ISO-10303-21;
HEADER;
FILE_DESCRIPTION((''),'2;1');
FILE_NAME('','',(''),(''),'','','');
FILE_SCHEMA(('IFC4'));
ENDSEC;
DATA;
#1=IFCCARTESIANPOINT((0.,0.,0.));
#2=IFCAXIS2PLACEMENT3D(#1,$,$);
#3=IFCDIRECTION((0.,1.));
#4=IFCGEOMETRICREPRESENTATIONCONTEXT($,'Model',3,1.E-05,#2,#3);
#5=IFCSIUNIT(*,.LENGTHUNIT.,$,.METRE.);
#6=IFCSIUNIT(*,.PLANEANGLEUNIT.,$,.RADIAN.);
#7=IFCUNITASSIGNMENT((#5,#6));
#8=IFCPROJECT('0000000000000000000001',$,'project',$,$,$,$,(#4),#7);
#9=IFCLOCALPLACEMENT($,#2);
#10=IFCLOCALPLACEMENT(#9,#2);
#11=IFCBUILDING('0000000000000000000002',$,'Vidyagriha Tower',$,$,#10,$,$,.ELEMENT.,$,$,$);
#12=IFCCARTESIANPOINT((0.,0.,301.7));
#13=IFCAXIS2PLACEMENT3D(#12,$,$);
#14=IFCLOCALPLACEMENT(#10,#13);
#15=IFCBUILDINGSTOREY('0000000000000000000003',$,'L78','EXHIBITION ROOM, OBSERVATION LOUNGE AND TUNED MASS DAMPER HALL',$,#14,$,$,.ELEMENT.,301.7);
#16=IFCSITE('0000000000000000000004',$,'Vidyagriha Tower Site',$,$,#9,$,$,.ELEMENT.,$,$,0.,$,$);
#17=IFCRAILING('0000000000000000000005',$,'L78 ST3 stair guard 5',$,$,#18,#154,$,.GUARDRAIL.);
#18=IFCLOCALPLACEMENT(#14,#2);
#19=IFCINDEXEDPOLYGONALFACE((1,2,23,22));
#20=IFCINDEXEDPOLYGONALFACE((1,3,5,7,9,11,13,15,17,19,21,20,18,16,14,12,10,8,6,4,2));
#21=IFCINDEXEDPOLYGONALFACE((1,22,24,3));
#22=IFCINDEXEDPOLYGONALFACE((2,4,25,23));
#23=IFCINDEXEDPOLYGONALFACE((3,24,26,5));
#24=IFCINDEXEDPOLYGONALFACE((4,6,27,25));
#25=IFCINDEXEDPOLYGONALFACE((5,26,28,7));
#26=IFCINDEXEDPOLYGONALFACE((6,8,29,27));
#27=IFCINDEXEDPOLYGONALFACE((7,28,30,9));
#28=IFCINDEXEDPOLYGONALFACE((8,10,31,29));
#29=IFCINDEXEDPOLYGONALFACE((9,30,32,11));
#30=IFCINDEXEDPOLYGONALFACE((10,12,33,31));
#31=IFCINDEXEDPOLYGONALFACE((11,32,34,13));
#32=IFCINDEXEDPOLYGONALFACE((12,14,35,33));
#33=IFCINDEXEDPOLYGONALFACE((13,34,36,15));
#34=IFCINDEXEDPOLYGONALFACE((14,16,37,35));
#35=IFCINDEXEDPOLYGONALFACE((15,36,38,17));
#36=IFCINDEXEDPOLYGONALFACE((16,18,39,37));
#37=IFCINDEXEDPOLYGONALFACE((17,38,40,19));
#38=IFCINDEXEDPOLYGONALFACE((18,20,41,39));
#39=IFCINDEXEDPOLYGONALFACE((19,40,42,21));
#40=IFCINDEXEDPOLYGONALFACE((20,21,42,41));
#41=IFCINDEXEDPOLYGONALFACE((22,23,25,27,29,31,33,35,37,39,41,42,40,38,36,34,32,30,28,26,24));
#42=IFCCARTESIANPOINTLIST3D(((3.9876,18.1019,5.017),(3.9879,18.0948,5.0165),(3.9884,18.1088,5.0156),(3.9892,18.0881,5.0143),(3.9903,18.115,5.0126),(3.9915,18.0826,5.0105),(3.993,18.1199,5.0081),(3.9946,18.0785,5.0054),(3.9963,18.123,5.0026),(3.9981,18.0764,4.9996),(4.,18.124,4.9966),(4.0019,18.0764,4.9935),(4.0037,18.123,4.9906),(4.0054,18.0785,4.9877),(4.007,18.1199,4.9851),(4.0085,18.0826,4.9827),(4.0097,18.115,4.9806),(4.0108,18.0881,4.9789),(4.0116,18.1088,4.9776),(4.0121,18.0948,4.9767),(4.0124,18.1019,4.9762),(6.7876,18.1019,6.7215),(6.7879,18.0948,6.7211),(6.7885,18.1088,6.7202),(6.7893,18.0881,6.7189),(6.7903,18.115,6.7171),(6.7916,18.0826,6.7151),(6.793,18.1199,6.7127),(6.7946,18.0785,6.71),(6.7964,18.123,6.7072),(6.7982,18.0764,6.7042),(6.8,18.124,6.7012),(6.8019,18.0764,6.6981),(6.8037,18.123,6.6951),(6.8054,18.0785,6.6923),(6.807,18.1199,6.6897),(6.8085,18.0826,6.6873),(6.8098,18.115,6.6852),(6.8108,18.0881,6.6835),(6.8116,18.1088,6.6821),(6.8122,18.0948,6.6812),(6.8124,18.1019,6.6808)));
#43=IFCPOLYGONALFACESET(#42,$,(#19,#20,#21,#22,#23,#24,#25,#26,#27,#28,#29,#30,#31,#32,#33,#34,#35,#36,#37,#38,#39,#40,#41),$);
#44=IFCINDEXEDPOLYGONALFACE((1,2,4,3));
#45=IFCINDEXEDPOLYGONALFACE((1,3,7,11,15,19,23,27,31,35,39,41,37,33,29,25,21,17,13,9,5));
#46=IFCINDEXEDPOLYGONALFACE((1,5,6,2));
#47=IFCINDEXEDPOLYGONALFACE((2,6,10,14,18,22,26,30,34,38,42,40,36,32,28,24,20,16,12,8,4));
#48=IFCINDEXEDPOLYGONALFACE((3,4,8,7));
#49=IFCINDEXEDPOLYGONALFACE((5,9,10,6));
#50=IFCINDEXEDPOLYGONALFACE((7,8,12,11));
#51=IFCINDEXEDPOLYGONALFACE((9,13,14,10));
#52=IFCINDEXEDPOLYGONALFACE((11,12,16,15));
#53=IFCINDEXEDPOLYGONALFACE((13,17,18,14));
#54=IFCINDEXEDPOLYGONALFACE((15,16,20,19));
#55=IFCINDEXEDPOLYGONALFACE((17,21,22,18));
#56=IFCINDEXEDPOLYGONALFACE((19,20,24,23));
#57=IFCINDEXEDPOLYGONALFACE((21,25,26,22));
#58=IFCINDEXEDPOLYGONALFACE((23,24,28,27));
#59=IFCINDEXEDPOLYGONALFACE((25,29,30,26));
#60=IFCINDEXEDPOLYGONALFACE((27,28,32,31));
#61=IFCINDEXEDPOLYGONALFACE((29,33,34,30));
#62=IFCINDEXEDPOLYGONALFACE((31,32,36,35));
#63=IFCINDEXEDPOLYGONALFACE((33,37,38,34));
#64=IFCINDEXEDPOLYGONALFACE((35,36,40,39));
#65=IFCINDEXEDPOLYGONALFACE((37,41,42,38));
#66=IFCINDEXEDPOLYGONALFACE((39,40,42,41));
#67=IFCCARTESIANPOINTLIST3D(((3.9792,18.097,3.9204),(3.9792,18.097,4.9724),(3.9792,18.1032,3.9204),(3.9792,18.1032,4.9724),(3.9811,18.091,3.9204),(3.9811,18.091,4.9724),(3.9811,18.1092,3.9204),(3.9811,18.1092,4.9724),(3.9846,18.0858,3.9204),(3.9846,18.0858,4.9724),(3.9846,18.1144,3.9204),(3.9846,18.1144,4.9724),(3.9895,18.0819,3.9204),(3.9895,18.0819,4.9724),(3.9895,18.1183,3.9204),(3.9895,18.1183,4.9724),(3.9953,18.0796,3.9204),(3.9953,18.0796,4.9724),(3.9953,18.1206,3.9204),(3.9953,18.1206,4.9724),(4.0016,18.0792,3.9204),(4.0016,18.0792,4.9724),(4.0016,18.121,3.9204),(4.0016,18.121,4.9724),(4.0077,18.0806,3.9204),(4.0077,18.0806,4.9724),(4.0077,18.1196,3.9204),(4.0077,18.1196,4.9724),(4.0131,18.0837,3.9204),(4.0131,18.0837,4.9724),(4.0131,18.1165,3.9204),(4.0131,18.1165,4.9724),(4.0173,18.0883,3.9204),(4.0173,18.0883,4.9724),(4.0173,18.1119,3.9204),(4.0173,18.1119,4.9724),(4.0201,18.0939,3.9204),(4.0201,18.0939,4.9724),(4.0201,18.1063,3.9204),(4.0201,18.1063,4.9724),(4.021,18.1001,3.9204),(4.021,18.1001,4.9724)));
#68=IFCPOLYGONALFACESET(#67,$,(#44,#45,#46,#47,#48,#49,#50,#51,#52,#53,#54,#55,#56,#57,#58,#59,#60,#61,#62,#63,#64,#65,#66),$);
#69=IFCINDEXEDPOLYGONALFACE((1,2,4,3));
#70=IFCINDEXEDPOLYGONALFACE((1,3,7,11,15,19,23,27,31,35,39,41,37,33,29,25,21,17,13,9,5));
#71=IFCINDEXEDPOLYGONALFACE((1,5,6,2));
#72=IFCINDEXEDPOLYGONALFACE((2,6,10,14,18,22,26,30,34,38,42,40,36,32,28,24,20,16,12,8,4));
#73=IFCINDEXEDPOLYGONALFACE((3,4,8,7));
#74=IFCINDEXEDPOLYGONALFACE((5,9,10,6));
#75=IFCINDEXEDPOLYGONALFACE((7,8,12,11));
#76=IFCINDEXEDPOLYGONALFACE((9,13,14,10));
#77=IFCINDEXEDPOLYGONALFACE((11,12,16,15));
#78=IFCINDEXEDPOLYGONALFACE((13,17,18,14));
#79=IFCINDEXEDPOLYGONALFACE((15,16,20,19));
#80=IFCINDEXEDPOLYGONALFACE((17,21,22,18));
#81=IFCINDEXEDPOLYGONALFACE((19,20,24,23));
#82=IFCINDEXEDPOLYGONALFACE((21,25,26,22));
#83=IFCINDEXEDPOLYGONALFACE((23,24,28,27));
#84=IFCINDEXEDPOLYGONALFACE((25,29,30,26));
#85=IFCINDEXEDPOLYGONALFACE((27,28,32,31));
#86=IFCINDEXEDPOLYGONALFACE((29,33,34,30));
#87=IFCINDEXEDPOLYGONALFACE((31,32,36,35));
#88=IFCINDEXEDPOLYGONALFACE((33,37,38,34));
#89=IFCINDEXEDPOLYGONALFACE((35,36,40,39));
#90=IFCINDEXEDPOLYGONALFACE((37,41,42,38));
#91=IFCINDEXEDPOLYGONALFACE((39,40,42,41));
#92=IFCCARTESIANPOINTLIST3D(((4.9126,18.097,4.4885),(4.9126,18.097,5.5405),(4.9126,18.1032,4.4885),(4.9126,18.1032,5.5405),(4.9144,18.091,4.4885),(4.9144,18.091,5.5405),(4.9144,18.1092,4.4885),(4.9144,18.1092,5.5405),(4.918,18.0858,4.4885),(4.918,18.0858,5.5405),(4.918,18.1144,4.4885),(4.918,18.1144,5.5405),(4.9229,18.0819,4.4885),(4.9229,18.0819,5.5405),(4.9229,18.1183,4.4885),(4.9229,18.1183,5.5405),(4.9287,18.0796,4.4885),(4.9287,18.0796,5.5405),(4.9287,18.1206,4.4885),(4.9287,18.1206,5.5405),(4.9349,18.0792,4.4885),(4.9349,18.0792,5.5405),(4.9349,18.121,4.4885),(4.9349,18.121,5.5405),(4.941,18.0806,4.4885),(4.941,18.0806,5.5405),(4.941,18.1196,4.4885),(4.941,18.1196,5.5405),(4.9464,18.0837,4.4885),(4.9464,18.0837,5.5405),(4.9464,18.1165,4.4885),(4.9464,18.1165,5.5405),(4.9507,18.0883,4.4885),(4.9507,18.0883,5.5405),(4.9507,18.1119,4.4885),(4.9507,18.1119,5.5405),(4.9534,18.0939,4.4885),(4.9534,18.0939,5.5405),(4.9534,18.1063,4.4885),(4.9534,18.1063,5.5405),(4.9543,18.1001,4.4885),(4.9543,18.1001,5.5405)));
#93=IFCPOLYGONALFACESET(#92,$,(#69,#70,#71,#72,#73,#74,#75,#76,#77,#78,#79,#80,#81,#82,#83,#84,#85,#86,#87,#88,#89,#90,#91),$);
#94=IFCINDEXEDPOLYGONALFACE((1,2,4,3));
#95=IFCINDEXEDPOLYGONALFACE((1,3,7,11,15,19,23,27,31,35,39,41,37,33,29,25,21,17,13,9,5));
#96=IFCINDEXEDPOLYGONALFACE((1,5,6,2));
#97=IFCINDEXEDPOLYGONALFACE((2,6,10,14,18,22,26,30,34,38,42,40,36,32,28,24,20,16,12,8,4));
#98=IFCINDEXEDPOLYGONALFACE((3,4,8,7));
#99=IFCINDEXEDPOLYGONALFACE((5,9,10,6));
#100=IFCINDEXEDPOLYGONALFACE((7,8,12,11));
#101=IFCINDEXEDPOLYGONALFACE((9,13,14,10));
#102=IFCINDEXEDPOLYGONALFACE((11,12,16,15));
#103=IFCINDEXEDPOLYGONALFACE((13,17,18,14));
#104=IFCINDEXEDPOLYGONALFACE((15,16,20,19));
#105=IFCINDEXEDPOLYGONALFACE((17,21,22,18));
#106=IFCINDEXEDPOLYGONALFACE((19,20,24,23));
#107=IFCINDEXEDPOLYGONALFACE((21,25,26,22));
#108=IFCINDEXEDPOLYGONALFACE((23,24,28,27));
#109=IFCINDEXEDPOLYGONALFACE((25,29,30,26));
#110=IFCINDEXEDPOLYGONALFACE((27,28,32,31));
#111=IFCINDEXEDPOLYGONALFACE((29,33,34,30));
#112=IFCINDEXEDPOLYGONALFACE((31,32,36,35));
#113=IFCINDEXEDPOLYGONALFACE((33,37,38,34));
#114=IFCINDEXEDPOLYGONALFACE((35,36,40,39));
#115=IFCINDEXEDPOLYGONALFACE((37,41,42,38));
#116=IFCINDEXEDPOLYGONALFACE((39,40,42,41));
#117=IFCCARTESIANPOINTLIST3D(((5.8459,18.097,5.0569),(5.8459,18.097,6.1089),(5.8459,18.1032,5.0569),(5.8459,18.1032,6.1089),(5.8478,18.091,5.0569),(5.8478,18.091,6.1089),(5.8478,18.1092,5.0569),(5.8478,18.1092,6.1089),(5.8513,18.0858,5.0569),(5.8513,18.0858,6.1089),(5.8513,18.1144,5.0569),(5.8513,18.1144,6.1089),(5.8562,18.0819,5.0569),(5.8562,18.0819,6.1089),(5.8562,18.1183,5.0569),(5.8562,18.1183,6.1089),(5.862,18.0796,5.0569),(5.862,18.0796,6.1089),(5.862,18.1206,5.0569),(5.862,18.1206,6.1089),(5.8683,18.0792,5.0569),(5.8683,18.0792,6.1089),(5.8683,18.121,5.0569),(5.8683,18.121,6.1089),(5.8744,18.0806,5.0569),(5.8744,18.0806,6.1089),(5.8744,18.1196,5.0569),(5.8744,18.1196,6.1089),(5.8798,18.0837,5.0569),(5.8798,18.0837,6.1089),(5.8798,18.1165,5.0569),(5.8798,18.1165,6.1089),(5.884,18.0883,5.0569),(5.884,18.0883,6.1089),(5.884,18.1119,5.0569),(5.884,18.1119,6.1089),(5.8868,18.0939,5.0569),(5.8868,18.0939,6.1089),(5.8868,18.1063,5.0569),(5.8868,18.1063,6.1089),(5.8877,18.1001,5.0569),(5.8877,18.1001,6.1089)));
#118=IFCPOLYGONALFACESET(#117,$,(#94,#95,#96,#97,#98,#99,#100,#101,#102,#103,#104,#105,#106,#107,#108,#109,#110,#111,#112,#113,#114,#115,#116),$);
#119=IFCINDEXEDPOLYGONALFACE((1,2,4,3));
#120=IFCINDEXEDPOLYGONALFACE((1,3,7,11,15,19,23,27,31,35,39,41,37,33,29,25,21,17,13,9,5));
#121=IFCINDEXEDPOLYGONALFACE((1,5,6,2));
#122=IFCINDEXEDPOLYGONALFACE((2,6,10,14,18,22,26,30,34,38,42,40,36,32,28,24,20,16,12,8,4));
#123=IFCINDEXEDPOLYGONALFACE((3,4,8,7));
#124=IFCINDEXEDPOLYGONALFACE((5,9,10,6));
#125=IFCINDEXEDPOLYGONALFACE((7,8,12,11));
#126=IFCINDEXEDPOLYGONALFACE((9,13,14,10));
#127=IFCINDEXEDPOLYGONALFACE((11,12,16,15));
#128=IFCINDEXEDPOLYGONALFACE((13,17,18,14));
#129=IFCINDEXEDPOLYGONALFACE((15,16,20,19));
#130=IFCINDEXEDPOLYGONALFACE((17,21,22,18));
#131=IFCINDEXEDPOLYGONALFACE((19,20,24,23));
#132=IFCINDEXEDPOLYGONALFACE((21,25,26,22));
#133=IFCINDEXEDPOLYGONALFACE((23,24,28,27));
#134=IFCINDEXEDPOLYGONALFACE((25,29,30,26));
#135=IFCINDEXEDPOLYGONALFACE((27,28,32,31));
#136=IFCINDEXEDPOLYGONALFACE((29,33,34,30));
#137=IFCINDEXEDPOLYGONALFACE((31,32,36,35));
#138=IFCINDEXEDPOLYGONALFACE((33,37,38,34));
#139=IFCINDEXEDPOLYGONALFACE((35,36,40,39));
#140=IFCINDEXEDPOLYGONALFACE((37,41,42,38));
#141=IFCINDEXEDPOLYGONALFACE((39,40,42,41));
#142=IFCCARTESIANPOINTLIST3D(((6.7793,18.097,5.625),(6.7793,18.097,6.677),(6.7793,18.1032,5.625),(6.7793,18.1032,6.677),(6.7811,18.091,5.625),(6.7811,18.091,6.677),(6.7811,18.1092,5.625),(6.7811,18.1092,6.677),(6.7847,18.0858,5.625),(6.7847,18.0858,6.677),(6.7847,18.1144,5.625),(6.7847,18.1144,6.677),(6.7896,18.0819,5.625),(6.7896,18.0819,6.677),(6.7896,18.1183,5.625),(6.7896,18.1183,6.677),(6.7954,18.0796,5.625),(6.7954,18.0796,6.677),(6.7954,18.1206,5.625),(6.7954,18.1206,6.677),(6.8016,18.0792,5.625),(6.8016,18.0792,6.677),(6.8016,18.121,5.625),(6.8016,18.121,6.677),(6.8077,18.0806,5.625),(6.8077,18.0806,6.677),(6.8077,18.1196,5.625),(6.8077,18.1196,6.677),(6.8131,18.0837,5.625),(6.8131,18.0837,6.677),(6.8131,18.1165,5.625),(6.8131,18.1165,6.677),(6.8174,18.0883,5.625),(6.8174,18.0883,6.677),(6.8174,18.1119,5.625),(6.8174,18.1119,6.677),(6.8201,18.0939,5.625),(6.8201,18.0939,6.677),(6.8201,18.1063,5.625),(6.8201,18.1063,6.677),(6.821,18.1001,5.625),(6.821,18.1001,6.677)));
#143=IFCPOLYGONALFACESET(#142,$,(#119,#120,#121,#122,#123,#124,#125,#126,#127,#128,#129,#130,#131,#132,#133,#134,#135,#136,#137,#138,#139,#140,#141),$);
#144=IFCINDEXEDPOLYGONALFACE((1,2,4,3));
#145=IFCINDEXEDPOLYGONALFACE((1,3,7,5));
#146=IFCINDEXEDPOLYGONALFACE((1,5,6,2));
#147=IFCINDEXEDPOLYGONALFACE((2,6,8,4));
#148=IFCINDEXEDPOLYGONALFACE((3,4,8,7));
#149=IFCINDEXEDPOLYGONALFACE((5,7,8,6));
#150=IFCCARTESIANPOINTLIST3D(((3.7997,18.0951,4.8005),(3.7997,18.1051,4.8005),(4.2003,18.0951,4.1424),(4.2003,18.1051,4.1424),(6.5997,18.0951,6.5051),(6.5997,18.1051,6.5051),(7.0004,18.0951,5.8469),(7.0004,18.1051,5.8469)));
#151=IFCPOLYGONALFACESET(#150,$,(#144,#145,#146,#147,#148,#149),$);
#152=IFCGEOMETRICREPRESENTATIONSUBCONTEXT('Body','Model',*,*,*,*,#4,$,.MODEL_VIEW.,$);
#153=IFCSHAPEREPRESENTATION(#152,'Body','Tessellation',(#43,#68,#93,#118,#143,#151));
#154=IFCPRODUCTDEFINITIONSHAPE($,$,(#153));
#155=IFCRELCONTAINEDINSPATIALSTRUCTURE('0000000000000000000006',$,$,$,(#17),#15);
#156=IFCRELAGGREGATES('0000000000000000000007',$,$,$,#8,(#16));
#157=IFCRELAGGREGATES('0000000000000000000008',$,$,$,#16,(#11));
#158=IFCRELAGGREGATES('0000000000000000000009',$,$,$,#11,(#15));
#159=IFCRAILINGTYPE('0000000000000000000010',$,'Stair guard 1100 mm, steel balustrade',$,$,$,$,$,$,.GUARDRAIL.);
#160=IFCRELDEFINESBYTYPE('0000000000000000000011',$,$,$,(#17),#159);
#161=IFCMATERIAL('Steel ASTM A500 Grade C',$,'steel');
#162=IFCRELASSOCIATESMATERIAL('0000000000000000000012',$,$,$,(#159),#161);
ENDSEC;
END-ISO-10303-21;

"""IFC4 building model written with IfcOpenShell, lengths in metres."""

from ifc_helpers import new_model, si_unit, direction, frame, origin, origin_2d, place, context, subcontext, project, spatial, rectangle, circle, extrude, material, type_object, element, save


model = new_model("IFC4")

# Units and contexts
model_context = context("Model", 3, precision=1e-05, world=origin(), true_north=direction((0.0, 1.0)))
body_context = subcontext(model_context, "Body", "Model", "MODEL_VIEW")
ifc_project = project(units=[si_unit("LENGTHUNIT", "METRE"), si_unit("PLANEANGLEUNIT", "RADIAN")], contexts=[model_context])

# Site, building, storey
site_placement = place(None, origin())
site = spatial("IfcSite", under=ifc_project, at=site_placement, Name="Vidyagriha Tower Site", CompositionType="ELEMENT", RefElevation=0.0)
building_placement = place(site_placement, origin())
building = spatial("IfcBuilding", under=site, at=building_placement, Name="Vidyagriha Tower", CompositionType="ELEMENT")
storey_placement = place(building_placement, frame((0.0, 0.0, 301.7)))
storey = spatial("IfcBuildingStorey", under=building, at=storey_placement, Name="L78", Description="EXHIBITION ROOM, OBSERVATION LOUNGE AND TUNED MASS DAMPER HALL", CompositionType="ELEMENT", Elevation=301.7)

# Railing
ifc_material_1 = material(Name="Steel ASTM A500 Grade C", Category="steel")
railing_type_1 = type_object("IfcRailingType", Name="Stair guard 1100 mm, steel balustrade", PredefinedType="GUARDRAIL", material=ifc_material_1)
railing_1_placement = place(storey_placement, frame((4.0, 18.1001, 3.9204)))
element("IfcRailing", 1, at=railing_1_placement, inside=storey, type_object=railing_type_1, Name="L78 ST3 stair guard 5", PredefinedType="GUARDRAIL", context=body_context, shape_type="SweptSolid", body=[
    extrude(circle(Radius=0.0239, at=origin_2d()), frame((0.0, 0.0, 1.0762), z_axis=(0.85417, 0.0, 0.519994), x_axis=(0.0, 1.0, 0.0)), (0.0, 0.0, 1.0), 3.2781),
    extrude(circle(Radius=0.021, at=origin_2d()), origin(), (0.0, 0.0, 1.0), 1.052),
    extrude(circle(Radius=0.021, at=origin_2d()), frame((0.9333, 0.0, 0.5681)), (0.0, 0.0, 1.0), 1.052),
    extrude(circle(Radius=0.021, at=origin_2d()), frame((1.8667, 0.0, 1.1365)), (0.0, 0.0, 1.0), 1.052),
    extrude(circle(Radius=0.021, at=origin_2d()), frame((2.8, 0.0, 1.7046)), (0.0, 0.0, 1.0), 1.052),
    extrude(rectangle(XDim=0.01, YDim=0.7705, at=origin_2d()), frame((0.0, 0.0, 0.551), z_axis=(0.85417, 0.0, 0.519994), x_axis=(0.0, 1.0, 0.0)), (0.0, 0.0, 1.0), 3.2781),
])

save(model, "model.ifc")
